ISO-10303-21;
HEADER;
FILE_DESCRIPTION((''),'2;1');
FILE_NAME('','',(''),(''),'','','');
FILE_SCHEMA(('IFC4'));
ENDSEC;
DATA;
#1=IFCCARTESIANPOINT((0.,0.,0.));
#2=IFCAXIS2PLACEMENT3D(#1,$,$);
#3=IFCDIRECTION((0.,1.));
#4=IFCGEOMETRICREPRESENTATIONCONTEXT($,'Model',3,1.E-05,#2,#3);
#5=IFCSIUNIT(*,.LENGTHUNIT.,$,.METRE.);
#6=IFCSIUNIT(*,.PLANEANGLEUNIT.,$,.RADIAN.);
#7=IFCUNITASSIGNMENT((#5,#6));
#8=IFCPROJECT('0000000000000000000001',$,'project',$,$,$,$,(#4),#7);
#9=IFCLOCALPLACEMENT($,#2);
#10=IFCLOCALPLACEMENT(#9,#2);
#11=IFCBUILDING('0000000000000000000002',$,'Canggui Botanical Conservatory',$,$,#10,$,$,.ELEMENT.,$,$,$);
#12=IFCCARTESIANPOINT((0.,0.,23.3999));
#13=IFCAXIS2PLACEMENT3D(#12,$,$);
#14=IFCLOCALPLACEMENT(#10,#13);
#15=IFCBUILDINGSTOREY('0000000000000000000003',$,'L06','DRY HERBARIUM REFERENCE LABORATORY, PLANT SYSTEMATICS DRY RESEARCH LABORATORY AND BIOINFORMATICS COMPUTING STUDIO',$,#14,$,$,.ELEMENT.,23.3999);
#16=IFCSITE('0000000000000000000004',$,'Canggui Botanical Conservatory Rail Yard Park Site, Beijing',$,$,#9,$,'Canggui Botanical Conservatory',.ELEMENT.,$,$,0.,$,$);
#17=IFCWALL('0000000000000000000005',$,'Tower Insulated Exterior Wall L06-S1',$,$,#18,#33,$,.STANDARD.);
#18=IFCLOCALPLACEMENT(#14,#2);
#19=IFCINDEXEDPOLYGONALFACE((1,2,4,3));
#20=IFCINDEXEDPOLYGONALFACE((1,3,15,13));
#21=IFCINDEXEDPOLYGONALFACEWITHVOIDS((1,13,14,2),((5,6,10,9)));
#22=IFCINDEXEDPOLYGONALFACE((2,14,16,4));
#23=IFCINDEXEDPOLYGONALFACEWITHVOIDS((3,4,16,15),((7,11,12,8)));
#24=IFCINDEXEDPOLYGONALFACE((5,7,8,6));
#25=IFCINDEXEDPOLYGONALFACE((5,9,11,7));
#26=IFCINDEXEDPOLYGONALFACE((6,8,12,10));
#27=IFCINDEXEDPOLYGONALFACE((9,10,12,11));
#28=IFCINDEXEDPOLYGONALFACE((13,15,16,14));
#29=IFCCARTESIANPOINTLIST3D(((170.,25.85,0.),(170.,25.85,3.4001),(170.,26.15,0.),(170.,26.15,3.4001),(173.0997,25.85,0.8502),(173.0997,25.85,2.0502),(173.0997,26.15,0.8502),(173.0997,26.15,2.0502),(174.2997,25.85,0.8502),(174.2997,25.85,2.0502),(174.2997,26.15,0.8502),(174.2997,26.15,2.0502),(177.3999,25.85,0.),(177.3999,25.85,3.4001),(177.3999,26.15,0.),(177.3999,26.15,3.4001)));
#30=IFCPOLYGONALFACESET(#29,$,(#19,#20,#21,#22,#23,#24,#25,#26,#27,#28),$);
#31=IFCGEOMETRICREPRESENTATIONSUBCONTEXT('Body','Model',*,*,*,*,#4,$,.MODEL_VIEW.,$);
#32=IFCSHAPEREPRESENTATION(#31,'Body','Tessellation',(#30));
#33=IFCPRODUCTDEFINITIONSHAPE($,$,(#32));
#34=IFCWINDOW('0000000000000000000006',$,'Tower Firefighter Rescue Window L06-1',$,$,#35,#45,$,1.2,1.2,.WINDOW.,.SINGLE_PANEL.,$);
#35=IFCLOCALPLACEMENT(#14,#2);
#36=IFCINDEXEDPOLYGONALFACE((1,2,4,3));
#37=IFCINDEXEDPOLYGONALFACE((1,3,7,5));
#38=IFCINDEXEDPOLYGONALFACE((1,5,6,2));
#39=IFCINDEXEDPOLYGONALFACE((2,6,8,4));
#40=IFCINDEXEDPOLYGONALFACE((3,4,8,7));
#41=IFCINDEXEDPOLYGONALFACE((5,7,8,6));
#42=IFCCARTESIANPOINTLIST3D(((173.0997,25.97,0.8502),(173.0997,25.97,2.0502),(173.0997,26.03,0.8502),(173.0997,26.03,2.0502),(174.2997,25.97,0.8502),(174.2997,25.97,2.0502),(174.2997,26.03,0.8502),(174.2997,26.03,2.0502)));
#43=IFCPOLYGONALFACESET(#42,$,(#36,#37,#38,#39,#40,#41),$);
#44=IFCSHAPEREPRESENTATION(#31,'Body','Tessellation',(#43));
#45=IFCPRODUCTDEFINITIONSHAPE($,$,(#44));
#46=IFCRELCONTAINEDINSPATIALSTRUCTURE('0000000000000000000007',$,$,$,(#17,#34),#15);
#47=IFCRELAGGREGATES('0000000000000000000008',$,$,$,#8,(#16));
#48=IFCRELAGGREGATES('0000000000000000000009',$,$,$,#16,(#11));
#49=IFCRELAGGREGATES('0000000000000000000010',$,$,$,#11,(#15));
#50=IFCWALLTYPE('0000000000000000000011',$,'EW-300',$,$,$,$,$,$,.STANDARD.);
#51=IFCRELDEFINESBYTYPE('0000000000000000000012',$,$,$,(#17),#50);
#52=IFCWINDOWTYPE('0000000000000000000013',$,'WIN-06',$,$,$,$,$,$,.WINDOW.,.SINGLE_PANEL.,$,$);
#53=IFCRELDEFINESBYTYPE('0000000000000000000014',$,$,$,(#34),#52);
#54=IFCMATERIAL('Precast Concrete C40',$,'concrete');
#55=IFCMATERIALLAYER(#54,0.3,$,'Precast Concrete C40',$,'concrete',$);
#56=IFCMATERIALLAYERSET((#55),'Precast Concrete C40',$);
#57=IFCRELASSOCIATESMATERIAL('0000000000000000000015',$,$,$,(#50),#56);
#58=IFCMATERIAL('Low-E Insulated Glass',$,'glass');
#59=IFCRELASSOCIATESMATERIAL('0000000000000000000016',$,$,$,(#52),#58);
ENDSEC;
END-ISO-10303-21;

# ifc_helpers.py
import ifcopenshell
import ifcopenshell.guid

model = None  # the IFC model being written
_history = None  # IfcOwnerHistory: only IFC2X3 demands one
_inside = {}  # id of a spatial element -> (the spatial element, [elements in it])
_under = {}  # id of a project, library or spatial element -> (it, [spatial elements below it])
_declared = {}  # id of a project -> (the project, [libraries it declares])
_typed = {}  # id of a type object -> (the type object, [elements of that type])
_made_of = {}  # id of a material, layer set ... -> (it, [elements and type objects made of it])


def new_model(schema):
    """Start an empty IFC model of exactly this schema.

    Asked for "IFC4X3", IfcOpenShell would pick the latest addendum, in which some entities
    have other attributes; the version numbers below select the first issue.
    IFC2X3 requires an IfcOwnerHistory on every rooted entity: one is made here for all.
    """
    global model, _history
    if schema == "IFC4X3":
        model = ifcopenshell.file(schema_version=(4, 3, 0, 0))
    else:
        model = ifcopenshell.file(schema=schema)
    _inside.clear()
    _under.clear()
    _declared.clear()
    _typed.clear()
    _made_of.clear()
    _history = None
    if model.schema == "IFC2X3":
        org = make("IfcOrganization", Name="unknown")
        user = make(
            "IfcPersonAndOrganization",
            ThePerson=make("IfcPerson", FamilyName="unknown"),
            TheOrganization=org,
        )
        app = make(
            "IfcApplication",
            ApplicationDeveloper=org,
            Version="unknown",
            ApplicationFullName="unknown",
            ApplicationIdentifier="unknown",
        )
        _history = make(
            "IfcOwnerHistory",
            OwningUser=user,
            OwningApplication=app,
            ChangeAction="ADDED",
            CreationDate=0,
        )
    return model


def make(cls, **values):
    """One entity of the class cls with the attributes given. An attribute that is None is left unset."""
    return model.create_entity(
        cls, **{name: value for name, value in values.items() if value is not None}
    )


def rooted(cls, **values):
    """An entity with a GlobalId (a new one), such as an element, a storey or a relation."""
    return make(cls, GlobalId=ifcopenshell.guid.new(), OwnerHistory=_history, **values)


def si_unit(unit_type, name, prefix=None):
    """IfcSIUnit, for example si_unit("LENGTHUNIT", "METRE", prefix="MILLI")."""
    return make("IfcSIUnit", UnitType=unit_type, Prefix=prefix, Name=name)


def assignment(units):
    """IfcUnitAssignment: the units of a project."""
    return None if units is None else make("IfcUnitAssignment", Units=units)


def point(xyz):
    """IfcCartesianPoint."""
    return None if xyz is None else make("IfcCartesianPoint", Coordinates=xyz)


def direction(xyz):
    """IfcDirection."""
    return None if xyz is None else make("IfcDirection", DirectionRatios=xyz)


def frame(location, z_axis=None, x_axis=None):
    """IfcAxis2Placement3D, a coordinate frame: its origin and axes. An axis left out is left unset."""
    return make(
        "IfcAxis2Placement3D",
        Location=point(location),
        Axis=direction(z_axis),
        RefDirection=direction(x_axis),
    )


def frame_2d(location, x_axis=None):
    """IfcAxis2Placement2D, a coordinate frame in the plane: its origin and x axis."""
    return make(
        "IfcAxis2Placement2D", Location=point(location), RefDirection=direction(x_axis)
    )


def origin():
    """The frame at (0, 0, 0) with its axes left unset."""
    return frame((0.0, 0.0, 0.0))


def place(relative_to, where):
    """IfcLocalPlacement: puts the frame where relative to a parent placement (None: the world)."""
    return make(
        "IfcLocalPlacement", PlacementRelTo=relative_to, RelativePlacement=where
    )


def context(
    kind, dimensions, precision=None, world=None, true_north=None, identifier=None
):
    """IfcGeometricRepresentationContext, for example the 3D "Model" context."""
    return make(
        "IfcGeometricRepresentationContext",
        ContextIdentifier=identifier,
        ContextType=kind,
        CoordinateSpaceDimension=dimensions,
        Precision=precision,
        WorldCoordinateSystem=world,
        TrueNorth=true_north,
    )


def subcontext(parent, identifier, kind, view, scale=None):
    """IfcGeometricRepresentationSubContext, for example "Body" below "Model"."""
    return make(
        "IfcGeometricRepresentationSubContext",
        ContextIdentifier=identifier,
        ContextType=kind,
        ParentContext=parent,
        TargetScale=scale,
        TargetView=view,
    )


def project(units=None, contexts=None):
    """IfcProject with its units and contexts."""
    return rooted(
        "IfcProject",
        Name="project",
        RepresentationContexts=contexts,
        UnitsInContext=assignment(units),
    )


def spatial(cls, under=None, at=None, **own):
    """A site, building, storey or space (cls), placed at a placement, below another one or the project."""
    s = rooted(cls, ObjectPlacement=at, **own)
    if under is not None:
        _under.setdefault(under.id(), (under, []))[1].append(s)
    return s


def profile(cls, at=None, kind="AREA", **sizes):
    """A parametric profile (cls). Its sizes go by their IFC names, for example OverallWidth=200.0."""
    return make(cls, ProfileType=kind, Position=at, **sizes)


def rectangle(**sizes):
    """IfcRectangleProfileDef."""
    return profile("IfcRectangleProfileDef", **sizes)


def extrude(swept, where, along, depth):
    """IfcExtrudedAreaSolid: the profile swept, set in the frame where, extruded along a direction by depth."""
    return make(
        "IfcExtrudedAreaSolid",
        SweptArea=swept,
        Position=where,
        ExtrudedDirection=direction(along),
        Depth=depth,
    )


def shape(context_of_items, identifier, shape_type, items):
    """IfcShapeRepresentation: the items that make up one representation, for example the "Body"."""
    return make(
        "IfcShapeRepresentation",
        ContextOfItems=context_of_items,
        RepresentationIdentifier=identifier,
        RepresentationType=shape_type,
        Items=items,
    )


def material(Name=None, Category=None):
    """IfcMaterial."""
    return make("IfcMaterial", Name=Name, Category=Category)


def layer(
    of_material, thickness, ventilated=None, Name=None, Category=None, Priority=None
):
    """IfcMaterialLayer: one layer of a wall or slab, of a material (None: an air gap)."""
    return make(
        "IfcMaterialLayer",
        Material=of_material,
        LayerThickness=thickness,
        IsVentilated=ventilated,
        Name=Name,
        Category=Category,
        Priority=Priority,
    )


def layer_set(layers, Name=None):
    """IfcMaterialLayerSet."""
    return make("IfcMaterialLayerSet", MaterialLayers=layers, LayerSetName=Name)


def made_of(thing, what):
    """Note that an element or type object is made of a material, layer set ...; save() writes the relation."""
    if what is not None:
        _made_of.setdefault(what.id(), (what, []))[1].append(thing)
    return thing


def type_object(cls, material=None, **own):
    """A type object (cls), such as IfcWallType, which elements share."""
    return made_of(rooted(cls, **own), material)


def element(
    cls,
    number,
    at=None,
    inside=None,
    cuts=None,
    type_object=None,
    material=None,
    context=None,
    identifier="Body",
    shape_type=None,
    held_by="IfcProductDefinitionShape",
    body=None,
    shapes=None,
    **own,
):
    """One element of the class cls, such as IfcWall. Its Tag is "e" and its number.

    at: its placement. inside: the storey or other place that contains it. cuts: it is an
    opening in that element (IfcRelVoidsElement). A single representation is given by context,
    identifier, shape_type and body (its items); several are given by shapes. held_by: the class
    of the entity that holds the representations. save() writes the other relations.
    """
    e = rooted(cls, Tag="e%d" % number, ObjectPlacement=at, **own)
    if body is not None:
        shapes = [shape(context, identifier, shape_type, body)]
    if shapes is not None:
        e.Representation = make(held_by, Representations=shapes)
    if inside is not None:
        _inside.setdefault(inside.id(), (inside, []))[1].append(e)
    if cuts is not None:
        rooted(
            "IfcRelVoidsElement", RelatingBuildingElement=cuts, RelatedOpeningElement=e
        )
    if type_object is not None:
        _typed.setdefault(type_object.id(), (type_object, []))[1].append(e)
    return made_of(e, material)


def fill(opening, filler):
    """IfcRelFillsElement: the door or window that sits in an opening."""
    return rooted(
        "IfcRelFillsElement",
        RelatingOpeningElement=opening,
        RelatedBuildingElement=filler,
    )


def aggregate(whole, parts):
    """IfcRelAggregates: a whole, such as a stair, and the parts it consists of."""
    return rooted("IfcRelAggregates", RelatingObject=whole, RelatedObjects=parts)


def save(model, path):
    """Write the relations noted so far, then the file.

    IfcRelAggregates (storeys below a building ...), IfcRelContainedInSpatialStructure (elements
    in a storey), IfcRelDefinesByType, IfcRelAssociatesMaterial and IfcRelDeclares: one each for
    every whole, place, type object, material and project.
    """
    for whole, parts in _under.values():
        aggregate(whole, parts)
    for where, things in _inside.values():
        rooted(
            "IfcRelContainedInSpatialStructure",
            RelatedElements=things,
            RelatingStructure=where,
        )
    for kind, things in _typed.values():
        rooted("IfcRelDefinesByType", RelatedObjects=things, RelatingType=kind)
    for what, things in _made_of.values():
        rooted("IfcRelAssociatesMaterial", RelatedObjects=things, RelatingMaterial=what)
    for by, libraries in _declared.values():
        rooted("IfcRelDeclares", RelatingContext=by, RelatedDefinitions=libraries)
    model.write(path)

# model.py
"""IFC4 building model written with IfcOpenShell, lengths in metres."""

from ifc_helpers import new_model, si_unit, direction, frame, frame_2d, origin, place, context, subcontext, project, spatial, rectangle, extrude, material, layer, layer_set, type_object, element, fill, save


model = new_model("IFC4")

# Units and contexts
model_context = context("Model", 3, precision=1e-05, world=origin(), true_north=direction((0.0, 1.0)))
body_context = subcontext(model_context, "Body", "Model", "MODEL_VIEW")
ifc_project = project(units=[si_unit("LENGTHUNIT", "METRE"), si_unit("PLANEANGLEUNIT", "RADIAN")], contexts=[model_context])

# Site, building, storey
site_placement = place(None, origin())
site = spatial("IfcSite", under=ifc_project, at=site_placement, Name="Canggui Botanical Conservatory Rail Yard Park Site, Beijing", LongName="Canggui Botanical Conservatory", CompositionType="ELEMENT", RefElevation=0.0)
building_placement = place(site_placement, origin())
building = spatial("IfcBuilding", under=site, at=building_placement, Name="Canggui Botanical Conservatory", CompositionType="ELEMENT")
storey_placement = place(building_placement, frame((0.0, 0.0, 23.3999)))
storey = spatial("IfcBuildingStorey", under=building, at=storey_placement, Name="L06", Description="DRY HERBARIUM REFERENCE LABORATORY, PLANT SYSTEMATICS DRY RESEARCH LABORATORY AND BIOINFORMATICS COMPUTING STUDIO", CompositionType="ELEMENT", Elevation=23.3999)

# Shared definitions
ifc_material_1 = material(Name="Low-E Insulated Glass", Category="glass")

# Wall, opening, window
ifc_material_2 = material(Name="Precast Concrete C40", Category="concrete")
ifc_layer_1 = layer(ifc_material_2, 0.3, Name="Precast Concrete C40", Category="concrete")
ifc_layer_set_1 = layer_set([ifc_layer_1], Name="Precast Concrete C40")
wall_type = type_object("IfcWallType", Name="EW-300", PredefinedType="STANDARD", material=ifc_layer_set_1)
wall_placement = place(storey_placement, frame((177.3999, 26.0, 0.0), z_axis=(0.0, 0.0, 1.0), x_axis=(-1.0, 0.0, 0.0)))
wall = element("IfcWall", 1, at=wall_placement, inside=storey, type_object=wall_type, Name="Tower Insulated Exterior Wall L06-S1", PredefinedType="STANDARD", context=body_context, shape_type="SweptSolid", body=[
    extrude(rectangle(XDim=7.3999, YDim=0.3, at=frame_2d((3.7, 0.0))), origin(), (0.0, 0.0, 1.0), 3.4001),
])
opening_placement = place(wall_placement, frame((3.1001, 0.0, 0.8501)))
opening = element("IfcOpeningElement", 2, at=opening_placement, cuts=wall, PredefinedType="OPENING", context=body_context, shape_type="SweptSolid", body=[
    extrude(rectangle(XDim=1.2, YDim=1.2, at=frame_2d((0.6001, 0.6001))), frame((0.0, 0.1602, 0.0), z_axis=(0.0, -1.0, 0.0), x_axis=(1.0, 0.0, 0.0)), (0.0, 0.0, 1.0), 0.3201),
])
window_type = type_object("IfcWindowType", Name="WIN-06", PartitioningType="SINGLE_PANEL", PredefinedType="WINDOW", material=ifc_material_1)
window_placement = place(opening_placement, origin())
window = element("IfcWindow", 3, at=window_placement, inside=storey, type_object=window_type, Name="Tower Firefighter Rescue Window L06-1", OverallHeight=1.2, OverallWidth=1.2, PartitioningType="SINGLE_PANEL", PredefinedType="WINDOW", context=body_context, shape_type="SweptSolid", body=[
    extrude(rectangle(XDim=1.2, YDim=1.2, at=frame_2d((0.6001, 0.6001))), frame((0.0, 0.03, 0.0), z_axis=(0.0, -1.0, 0.0), x_axis=(1.0, 0.0, 0.0)), (0.0, 0.0, 1.0), 0.0601),
])
fill(opening, window)

save(model, "model.ifc")
